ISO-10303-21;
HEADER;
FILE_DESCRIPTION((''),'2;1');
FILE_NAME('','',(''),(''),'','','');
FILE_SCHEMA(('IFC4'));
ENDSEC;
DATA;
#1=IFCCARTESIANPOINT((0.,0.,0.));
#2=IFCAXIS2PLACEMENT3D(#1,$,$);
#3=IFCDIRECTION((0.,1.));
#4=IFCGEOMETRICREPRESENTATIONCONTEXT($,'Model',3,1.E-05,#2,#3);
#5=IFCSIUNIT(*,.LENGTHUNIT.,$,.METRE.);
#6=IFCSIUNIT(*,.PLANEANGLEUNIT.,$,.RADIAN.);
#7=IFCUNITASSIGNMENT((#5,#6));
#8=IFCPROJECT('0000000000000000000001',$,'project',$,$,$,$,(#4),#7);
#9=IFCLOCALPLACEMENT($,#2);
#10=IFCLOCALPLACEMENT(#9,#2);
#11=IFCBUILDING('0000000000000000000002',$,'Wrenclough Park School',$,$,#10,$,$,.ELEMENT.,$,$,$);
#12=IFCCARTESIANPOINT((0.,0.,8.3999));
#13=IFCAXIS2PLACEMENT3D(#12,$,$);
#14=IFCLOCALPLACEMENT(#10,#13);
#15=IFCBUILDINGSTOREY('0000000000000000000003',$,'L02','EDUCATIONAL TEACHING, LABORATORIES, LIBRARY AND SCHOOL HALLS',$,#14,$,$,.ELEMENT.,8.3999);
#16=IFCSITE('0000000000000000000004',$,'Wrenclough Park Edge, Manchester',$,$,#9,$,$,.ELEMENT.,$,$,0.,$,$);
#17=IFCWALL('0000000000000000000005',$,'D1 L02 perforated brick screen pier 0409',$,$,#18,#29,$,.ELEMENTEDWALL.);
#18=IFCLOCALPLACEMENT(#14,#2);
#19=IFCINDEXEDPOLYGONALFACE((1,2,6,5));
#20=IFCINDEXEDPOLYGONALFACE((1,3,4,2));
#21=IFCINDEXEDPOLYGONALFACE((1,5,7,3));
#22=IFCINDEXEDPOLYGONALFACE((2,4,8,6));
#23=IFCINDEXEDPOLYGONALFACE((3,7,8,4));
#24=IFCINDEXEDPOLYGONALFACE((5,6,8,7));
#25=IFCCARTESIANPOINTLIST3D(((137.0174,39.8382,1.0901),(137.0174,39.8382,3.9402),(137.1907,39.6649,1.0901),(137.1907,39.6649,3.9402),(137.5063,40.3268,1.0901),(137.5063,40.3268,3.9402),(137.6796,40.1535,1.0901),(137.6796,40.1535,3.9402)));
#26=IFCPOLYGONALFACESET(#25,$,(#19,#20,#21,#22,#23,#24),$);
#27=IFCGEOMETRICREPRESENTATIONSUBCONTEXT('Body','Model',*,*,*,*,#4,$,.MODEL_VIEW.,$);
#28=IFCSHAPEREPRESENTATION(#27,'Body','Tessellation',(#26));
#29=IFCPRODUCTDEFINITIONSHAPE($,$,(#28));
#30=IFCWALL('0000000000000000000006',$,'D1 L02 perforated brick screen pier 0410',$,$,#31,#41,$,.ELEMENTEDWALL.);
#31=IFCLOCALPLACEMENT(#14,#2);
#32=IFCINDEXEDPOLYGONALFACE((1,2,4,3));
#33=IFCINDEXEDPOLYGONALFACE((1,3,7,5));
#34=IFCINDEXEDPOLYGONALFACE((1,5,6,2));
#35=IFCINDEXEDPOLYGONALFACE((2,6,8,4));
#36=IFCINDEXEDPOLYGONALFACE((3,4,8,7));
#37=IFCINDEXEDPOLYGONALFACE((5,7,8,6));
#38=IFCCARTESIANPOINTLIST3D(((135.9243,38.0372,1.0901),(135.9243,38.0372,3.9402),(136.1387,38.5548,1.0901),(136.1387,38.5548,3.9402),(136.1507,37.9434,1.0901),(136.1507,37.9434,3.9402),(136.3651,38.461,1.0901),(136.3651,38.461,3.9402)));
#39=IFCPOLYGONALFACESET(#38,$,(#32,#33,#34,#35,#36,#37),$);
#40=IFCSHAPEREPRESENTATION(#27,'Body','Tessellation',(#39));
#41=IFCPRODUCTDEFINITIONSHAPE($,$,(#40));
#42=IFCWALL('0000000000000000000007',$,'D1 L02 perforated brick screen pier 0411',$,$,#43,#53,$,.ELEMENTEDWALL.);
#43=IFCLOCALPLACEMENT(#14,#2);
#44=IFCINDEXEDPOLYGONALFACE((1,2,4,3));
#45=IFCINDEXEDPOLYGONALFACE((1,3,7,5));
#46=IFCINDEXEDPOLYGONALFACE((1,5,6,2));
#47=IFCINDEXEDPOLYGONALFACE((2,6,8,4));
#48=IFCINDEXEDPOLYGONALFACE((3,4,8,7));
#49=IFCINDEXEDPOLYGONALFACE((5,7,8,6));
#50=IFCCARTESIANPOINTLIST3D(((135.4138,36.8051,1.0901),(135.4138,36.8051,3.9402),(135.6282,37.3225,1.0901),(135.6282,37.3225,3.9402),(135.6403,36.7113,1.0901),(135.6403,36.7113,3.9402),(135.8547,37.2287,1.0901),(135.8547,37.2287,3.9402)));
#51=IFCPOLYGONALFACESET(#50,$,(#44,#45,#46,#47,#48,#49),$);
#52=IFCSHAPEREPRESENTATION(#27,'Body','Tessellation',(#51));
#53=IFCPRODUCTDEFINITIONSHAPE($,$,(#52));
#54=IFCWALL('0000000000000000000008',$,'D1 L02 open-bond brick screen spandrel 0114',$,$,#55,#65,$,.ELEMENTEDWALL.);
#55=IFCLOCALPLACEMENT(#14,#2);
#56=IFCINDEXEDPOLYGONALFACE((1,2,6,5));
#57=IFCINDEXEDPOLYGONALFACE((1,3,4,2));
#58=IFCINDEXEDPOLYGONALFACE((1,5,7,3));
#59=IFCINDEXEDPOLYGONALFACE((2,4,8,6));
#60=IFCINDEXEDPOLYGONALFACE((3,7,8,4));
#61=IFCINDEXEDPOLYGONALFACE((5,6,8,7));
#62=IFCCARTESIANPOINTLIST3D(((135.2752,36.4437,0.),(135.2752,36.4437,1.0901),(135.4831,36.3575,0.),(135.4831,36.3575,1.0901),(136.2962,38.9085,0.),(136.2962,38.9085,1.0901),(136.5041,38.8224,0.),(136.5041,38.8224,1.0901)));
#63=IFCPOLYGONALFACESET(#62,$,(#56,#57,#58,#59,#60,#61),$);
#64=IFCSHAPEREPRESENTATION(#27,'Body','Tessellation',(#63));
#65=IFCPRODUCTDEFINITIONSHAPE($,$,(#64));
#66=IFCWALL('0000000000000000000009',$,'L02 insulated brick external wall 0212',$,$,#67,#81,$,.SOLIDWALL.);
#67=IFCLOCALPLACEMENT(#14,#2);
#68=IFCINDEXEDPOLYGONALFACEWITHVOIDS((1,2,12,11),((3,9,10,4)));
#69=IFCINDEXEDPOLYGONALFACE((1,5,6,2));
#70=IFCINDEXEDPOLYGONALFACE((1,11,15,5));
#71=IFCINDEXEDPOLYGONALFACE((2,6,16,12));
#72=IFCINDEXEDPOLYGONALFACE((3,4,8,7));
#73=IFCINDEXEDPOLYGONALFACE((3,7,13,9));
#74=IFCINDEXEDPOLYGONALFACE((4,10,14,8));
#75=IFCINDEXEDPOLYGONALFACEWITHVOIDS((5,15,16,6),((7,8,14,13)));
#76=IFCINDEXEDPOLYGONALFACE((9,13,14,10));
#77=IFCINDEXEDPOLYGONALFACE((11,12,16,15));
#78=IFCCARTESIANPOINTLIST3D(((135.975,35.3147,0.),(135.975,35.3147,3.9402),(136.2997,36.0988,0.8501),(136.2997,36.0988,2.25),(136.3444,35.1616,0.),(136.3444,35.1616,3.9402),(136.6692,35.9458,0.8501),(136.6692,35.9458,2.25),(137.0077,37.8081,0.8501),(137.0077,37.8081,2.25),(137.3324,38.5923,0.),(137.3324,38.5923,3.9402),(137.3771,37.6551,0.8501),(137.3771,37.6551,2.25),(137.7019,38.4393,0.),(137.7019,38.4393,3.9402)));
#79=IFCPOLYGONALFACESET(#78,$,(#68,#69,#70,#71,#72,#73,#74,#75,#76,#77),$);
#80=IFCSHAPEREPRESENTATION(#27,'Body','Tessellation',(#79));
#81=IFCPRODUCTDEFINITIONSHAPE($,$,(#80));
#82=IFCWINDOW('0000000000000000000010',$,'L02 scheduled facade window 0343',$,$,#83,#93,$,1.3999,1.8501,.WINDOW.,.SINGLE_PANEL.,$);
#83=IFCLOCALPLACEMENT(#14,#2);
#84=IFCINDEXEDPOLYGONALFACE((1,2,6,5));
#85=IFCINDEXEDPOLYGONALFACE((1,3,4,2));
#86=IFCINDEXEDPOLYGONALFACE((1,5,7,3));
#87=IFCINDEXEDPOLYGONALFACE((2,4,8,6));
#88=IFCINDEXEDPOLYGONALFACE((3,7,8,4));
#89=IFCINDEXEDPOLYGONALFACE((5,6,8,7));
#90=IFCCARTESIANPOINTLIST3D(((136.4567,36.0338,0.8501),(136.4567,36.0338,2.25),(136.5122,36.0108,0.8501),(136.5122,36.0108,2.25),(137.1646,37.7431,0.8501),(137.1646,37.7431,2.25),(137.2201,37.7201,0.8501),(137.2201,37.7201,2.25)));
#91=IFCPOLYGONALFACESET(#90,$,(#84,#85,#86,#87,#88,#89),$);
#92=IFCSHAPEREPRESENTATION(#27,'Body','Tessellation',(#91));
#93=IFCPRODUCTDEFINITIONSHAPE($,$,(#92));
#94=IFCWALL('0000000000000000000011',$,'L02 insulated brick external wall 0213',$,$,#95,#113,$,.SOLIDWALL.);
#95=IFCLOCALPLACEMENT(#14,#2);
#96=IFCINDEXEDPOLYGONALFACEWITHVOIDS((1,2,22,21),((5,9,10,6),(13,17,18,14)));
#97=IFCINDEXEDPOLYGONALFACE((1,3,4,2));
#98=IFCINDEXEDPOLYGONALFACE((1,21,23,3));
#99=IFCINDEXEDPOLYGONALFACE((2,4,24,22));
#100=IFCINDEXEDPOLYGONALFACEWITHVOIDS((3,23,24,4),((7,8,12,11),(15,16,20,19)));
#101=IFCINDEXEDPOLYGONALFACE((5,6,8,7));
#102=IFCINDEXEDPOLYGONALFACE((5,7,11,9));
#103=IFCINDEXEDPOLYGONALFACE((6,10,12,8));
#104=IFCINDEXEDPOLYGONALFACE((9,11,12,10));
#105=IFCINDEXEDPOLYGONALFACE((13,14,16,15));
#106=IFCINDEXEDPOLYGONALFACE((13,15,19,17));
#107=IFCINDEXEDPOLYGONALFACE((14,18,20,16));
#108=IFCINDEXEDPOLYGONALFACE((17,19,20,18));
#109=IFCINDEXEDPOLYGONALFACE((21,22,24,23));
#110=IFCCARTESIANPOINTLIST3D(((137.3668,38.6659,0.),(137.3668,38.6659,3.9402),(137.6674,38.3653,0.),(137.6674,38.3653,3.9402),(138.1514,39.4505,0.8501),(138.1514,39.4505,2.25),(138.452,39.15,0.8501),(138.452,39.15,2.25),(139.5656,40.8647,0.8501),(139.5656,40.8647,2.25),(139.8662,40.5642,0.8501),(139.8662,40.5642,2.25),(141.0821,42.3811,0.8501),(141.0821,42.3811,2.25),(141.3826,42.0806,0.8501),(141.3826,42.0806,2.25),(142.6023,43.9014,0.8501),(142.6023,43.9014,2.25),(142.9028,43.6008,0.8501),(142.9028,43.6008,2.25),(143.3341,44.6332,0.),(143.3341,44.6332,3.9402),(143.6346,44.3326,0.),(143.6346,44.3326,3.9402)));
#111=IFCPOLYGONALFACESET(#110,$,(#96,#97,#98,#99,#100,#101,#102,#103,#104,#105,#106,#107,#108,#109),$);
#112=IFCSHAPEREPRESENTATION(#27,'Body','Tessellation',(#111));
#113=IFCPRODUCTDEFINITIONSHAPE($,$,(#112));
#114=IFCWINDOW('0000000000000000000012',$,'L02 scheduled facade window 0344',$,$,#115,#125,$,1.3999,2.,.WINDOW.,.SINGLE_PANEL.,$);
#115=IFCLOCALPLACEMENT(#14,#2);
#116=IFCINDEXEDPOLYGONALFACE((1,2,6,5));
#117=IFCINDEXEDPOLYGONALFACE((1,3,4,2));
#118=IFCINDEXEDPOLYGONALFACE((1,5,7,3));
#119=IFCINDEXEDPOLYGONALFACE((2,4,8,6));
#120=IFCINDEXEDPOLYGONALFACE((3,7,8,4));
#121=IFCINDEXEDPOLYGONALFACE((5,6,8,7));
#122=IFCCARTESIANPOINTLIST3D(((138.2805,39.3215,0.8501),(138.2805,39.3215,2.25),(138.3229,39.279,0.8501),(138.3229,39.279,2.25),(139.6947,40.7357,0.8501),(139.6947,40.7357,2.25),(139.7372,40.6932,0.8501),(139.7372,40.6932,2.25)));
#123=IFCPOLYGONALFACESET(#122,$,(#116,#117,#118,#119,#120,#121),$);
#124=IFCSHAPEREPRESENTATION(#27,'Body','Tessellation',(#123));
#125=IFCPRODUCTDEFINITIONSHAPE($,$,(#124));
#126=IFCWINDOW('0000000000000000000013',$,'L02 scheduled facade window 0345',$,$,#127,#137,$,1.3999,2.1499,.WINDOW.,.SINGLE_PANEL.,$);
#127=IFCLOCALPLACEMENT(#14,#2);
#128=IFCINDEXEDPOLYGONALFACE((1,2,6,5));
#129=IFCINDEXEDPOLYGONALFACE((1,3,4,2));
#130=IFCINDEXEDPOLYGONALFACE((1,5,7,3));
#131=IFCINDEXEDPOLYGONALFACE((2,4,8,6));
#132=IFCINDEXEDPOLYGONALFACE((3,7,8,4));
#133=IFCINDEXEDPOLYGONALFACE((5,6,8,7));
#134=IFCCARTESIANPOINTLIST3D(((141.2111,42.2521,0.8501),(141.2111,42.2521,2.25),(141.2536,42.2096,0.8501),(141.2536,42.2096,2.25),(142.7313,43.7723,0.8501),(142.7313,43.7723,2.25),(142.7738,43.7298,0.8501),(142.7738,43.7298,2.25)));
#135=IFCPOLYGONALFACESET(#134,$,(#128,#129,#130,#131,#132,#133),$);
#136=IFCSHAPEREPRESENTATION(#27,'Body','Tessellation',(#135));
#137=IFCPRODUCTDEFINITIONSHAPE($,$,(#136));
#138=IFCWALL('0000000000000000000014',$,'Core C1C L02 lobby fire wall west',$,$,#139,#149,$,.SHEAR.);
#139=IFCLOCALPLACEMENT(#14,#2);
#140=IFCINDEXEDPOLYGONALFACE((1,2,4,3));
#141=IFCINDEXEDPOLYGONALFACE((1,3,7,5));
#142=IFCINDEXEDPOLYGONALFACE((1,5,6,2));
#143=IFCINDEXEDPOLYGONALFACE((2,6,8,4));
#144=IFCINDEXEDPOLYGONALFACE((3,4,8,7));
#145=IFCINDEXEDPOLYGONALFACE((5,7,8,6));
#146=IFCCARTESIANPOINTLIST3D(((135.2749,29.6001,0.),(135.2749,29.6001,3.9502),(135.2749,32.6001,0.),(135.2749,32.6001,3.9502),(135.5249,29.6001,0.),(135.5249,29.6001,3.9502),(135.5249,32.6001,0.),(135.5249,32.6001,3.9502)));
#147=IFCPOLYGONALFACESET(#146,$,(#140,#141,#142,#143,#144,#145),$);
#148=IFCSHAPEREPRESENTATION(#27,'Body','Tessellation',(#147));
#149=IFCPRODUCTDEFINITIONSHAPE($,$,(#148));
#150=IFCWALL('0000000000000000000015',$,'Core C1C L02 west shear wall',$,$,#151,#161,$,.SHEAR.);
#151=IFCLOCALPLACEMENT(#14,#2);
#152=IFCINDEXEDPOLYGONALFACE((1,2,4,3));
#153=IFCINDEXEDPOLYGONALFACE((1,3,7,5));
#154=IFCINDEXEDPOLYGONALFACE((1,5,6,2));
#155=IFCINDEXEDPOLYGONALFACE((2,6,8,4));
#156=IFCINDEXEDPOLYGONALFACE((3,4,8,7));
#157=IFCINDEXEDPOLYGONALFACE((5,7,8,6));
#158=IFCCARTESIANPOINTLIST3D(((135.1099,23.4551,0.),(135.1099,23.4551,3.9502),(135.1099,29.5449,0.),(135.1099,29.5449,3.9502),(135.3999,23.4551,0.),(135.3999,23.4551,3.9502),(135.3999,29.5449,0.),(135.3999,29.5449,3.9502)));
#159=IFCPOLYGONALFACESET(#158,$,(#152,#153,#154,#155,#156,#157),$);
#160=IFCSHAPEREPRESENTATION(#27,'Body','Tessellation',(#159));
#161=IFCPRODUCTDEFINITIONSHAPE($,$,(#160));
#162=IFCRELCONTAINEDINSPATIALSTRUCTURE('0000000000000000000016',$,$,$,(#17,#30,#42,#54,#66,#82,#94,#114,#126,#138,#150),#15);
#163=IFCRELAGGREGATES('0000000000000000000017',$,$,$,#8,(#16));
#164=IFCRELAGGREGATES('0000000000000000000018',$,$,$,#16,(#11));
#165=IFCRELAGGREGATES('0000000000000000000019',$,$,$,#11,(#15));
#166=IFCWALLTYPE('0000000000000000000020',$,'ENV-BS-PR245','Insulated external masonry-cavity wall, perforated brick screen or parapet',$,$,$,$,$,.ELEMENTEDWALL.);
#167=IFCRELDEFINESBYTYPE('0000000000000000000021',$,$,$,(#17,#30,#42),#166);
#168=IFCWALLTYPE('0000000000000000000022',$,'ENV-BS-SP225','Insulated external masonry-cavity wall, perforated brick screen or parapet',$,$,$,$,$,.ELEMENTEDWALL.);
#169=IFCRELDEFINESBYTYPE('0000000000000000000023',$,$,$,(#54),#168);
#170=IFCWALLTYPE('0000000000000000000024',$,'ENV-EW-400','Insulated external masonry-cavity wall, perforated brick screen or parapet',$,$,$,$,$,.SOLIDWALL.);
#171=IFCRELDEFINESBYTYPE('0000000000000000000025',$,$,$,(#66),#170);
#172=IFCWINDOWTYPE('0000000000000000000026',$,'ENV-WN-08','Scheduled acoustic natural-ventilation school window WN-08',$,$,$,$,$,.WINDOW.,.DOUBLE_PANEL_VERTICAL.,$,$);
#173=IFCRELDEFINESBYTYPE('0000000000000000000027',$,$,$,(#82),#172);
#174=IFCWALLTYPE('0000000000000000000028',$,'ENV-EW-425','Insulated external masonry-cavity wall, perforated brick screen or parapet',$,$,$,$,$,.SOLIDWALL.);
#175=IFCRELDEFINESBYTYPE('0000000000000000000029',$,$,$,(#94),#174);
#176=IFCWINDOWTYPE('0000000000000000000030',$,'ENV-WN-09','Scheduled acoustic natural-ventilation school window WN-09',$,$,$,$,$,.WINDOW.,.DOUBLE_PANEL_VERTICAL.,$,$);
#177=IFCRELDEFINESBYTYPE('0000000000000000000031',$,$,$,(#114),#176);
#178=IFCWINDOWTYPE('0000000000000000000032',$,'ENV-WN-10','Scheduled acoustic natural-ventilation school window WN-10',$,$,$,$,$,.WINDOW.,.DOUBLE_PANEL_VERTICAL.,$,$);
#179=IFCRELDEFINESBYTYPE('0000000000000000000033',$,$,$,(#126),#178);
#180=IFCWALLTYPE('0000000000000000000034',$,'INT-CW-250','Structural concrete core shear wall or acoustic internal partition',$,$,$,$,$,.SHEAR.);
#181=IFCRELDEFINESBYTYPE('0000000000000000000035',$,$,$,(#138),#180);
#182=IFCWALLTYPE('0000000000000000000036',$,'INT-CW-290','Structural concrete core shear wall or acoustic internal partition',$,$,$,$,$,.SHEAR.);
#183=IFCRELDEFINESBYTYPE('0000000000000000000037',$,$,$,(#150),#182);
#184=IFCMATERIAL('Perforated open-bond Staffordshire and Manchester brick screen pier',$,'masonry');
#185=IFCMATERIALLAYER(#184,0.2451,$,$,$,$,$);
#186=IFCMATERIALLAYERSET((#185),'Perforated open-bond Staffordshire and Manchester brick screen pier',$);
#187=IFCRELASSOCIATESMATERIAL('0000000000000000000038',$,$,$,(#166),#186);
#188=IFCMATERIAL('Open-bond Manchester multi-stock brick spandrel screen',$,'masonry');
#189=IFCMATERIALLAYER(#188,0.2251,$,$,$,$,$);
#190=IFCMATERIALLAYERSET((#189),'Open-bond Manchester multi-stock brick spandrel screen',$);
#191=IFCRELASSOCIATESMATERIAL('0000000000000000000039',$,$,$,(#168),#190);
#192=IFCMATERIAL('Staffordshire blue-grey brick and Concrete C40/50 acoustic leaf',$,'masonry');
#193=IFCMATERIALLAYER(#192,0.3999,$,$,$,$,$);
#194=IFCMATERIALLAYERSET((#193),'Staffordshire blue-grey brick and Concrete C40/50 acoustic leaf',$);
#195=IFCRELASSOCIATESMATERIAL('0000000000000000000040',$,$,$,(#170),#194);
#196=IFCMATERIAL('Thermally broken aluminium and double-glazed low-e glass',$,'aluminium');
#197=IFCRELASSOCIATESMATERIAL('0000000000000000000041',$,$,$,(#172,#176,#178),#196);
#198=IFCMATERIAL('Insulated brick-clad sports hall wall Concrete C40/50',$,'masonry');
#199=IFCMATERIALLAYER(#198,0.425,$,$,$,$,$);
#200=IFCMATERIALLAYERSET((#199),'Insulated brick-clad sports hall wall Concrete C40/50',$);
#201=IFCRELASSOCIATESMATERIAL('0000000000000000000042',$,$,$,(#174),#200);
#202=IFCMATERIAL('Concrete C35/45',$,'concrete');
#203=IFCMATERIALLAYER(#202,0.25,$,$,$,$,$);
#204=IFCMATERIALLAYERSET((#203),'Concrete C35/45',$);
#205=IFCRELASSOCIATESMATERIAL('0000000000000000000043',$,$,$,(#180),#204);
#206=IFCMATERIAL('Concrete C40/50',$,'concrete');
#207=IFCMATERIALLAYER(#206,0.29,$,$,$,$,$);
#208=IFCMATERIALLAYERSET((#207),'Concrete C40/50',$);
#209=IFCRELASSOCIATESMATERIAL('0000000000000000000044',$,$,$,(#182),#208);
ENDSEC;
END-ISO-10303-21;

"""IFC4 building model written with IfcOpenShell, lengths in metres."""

from ifc_helpers import new_model, si_unit, direction, frame, frame_2d, origin, place, context, subcontext, project, spatial, rectangle, extrude, material, layer, layer_set, type_object, element, fill, save


model = new_model("IFC4")

# Units and contexts
model_context = context("Model", 3, precision=1e-05, world=origin(), true_north=direction((0.0, 1.0)))
body_context = subcontext(model_context, "Body", "Model", "MODEL_VIEW")
ifc_project = project(units=[si_unit("LENGTHUNIT", "METRE"), si_unit("PLANEANGLEUNIT", "RADIAN")], contexts=[model_context])

# Site, building, storey
site_placement = place(None, origin())
site = spatial("IfcSite", under=ifc_project, at=site_placement, Name="Wrenclough Park Edge, Manchester", CompositionType="ELEMENT", RefElevation=0.0)
building_placement = place(site_placement, origin())
building = spatial("IfcBuilding", under=site, at=building_placement, Name="Wrenclough Park School", CompositionType="ELEMENT")
storey_placement = place(building_placement, frame((0.0, 0.0, 8.3999)))
storey = spatial("IfcBuildingStorey", under=building, at=storey_placement, Name="L02", Description="EDUCATIONAL TEACHING, LABORATORIES, LIBRARY AND SCHOOL HALLS", CompositionType="ELEMENT", Elevation=8.3999)

# Shared definitions
ifc_material_1 = material(Name="Concrete C40/50", Category="concrete")

# Walls
ifc_material_2 = material(Name="Perforated open-bond Staffordshire and Manchester brick screen pier", Category="masonry")
ifc_layer_1 = layer(ifc_material_2, 0.2451)
ifc_layer_set_1 = layer_set([ifc_layer_1], Name="Perforated open-bond Staffordshire and Manchester brick screen pier")
wall_type_1 = type_object("IfcWallType", Name="ENV-BS-PR245", Description="Insulated external masonry-cavity wall, perforated brick screen or parapet", PredefinedType="ELEMENTEDWALL", material=ifc_layer_set_1)
wall_1_placement = place(storey_placement, frame((137.593, 40.2402, 1.0901), z_axis=(0.0, 0.0, 1.0), x_axis=(-0.707283, -0.70693, 0.0)))
element("IfcWall", 1, at=wall_1_placement, inside=storey, type_object=wall_type_1, Name="D1 L02 perforated brick screen pier 0409", PredefinedType="ELEMENTEDWALL", context=body_context, shape_type="SweptSolid", body=[
    extrude(rectangle(XDim=0.6912, YDim=0.2451, at=frame_2d((0.3457, 0.0))), origin(), (0.0, 0.0, 1.0), 2.8501),
])
wall_2_placement = place(storey_placement, frame((136.252, 38.5081, 1.0901), z_axis=(0.0, 0.0, 1.0), x_axis=(-0.382634, -0.9239, 0.0)))
element("IfcWall", 2, at=wall_2_placement, inside=storey, type_object=wall_type_1, Name="D1 L02 perforated brick screen pier 0410", PredefinedType="ELEMENTEDWALL", context=body_context, shape_type="SweptSolid", body=[
    extrude(rectangle(XDim=0.5603, YDim=0.2451, at=frame_2d((0.2803, 0.0))), origin(), (0.0, 0.0, 1.0), 2.8501),
])
wall_3_placement = place(storey_placement, frame((135.7415, 37.2756, 1.0901), z_axis=(0.0, 0.0, 1.0), x_axis=(-0.382788, -0.923836, 0.0)))
element("IfcWall", 3, at=wall_3_placement, inside=storey, type_object=wall_type_1, Name="D1 L02 perforated brick screen pier 0411", PredefinedType="ELEMENTEDWALL", context=body_context, shape_type="SweptSolid", body=[
    extrude(rectangle(XDim=0.5601, YDim=0.2451, at=frame_2d((0.28, 0.0))), origin(), (0.0, 0.0, 1.0), 2.8501),
])
ifc_material_3 = material(Name="Open-bond Manchester multi-stock brick spandrel screen", Category="masonry")
ifc_layer_2 = layer(ifc_material_3, 0.2251)
ifc_layer_set_2 = layer_set([ifc_layer_2], Name="Open-bond Manchester multi-stock brick spandrel screen")
wall_type_2 = type_object("IfcWallType", Name="ENV-BS-SP225", Description="Insulated external masonry-cavity wall, perforated brick screen or parapet", PredefinedType="ELEMENTEDWALL", material=ifc_layer_set_2)
wall_4_placement = place(storey_placement, frame((136.4001, 38.8655, 0.0), z_axis=(0.0, 0.0, 1.0), x_axis=(-0.382691, -0.923876, 0.0)))
element("IfcWall", 4, at=wall_4_placement, inside=storey, type_object=wall_type_2, Name="D1 L02 open-bond brick screen spandrel 0114", PredefinedType="ELEMENTEDWALL", context=body_context, shape_type="SweptSolid", body=[
    extrude(rectangle(XDim=2.668, YDim=0.2251, at=frame_2d((1.334, 0.0))), origin(), (0.0, 0.0, 1.0), 1.0901),
])

# Wall, opening, window
ifc_material_4 = material(Name="Staffordshire blue-grey brick and Concrete C40/50 acoustic leaf", Category="masonry")
ifc_layer_3 = layer(ifc_material_4, 0.3999)
ifc_layer_set_3 = layer_set([ifc_layer_3], Name="Staffordshire blue-grey brick and Concrete C40/50 acoustic leaf")
wall_type_3 = type_object("IfcWallType", Name="ENV-EW-400", Description="Insulated external masonry-cavity wall, perforated brick screen or parapet", PredefinedType="SOLIDWALL", material=ifc_layer_set_3)
wall_5_placement = place(storey_placement, frame((136.1597, 35.238, 0.0), z_axis=(0.0, 0.0, 1.0), x_axis=(0.382635, 0.923899, 0.0)))
wall_5 = element("IfcWall", 5, at=wall_5_placement, inside=storey, type_object=wall_type_3, Name="L02 insulated brick external wall 0212", PredefinedType="SOLIDWALL", context=body_context, shape_type="SweptSolid", body=[
    extrude(rectangle(XDim=3.5476, YDim=0.3999, at=frame_2d((1.7739, 0.0))), origin(), (0.0, 0.0, 1.0), 3.9402),
])
opening_1_placement = place(wall_5_placement, frame((0.8489, 0.0, 0.8501)))
opening_1 = element("IfcOpeningElement", 6, at=opening_1_placement, cuts=wall_5, PredefinedType="OPENING", context=body_context, shape_type="SweptSolid", body=[
    extrude(rectangle(XDim=1.8501, YDim=1.3999, at=frame_2d((0.925, 0.7))), frame((0.0, 0.21, 0.0), z_axis=(0.0, -1.0, 0.0), x_axis=(1.0, 0.0, 0.0)), (0.0, 0.0, 1.0), 0.4199),
])
ifc_material_5 = material(Name="Thermally broken aluminium and double-glazed low-e glass", Category="aluminium")
window_type_1 = type_object("IfcWindowType", Name="ENV-WN-08", Description="Scheduled acoustic natural-ventilation school window WN-08", PartitioningType="DOUBLE_PANEL_VERTICAL", PredefinedType="WINDOW", material=ifc_material_5)
window_1_placement = place(opening_1_placement, origin())
window_1 = element("IfcWindow", 7, at=window_1_placement, inside=storey, type_object=window_type_1, Name="L02 scheduled facade window 0343", OverallHeight=1.3999, OverallWidth=1.8501, PartitioningType="SINGLE_PANEL", PredefinedType="WINDOW", context=body_context, shape_type="SweptSolid", body=[
    extrude(rectangle(XDim=1.8501, YDim=1.3999, at=frame_2d((0.925, 0.7))), frame((0.0, 0.03, 0.0), z_axis=(0.0, -1.0, 0.0), x_axis=(1.0, 0.0, 0.0)), (0.0, 0.0, 1.0), 0.0601),
])
fill(opening_1, window_1)

# Wall, openings, windows
ifc_material_6 = material(Name="Insulated brick-clad sports hall wall Concrete C40/50", Category="masonry")
ifc_layer_4 = layer(ifc_material_6, 0.425)
ifc_layer_set_4 = layer_set([ifc_layer_4], Name="Insulated brick-clad sports hall wall Concrete C40/50")
wall_type_4 = type_object("IfcWallType", Name="ENV-EW-425", Description="Insulated external masonry-cavity wall, perforated brick screen or parapet", PredefinedType="SOLIDWALL", material=ifc_layer_set_4)
wall_6_placement = place(storey_placement, frame((137.5171, 38.5156, 0.0), z_axis=(0.0, 0.0, 1.0), x_axis=(0.707107, 0.707107, 0.0)))
wall_6 = element("IfcWall", 8, at=wall_6_placement, inside=storey, type_object=wall_type_4, Name="L02 insulated brick external wall 0213", PredefinedType="SOLIDWALL", context=body_context, shape_type="SweptSolid", body=[
    extrude(rectangle(XDim=8.439, YDim=0.425, at=frame_2d((4.2195, 0.0))), origin(), (0.0, 0.0, 1.0), 3.9402),
])
opening_2_placement = place(wall_6_placement, frame((1.1096, 0.0, 0.8501)))
opening_2 = element("IfcOpeningElement", 9, at=opening_2_placement, cuts=wall_6, PredefinedType="OPENING", context=body_context, shape_type="SweptSolid", body=[
    extrude(rectangle(XDim=2.0, YDim=1.3999, at=frame_2d((1.0, 0.7))), frame((0.0, 0.2224, 0.0), z_axis=(0.0, -1.0, 0.0), x_axis=(1.0, 0.0, 0.0)), (0.0, 0.0, 1.0), 0.4451),
])
opening_3_placement = place(wall_6_placement, frame((5.2542, 0.0, 0.8501)))
opening_3 = element("IfcOpeningElement", 10, at=opening_3_placement, cuts=wall_6, PredefinedType="OPENING", context=body_context, shape_type="SweptSolid", body=[
    extrude(rectangle(XDim=2.1499, YDim=1.3999, at=frame_2d((1.075, 0.7))), frame((0.0, 0.2224, 0.0), z_axis=(0.0, -1.0, 0.0), x_axis=(1.0, 0.0, 0.0)), (0.0, 0.0, 1.0), 0.4451),
])
window_type_2 = type_object("IfcWindowType", Name="ENV-WN-09", Description="Scheduled acoustic natural-ventilation school window WN-09", PartitioningType="DOUBLE_PANEL_VERTICAL", PredefinedType="WINDOW", material=ifc_material_5)
window_2_placement = place(opening_2_placement, origin())
window_2 = element("IfcWindow", 11, at=window_2_placement, inside=storey, type_object=window_type_2, Name="L02 scheduled facade window 0344", OverallHeight=1.3999, OverallWidth=2.0, PartitioningType="SINGLE_PANEL", PredefinedType="WINDOW", context=body_context, shape_type="SweptSolid", body=[
    extrude(rectangle(XDim=2.0, YDim=1.3999, at=frame_2d((1.0, 0.7))), frame((0.0, 0.03, 0.0), z_axis=(0.0, -1.0, 0.0), x_axis=(1.0, 0.0, 0.0)), (0.0, 0.0, 1.0), 0.0601),
])
fill(opening_2, window_2)
window_type_3 = type_object("IfcWindowType", Name="ENV-WN-10", Description="Scheduled acoustic natural-ventilation school window WN-10", PartitioningType="DOUBLE_PANEL_VERTICAL", PredefinedType="WINDOW", material=ifc_material_5)
window_3_placement = place(opening_3_placement, origin())
window_3 = element("IfcWindow", 12, at=window_3_placement, inside=storey, type_object=window_type_3, Name="L02 scheduled facade window 0345", OverallHeight=1.3999, OverallWidth=2.1499, PartitioningType="SINGLE_PANEL", PredefinedType="WINDOW", context=body_context, shape_type="SweptSolid", body=[
    extrude(rectangle(XDim=2.1499, YDim=1.3999, at=frame_2d((1.075, 0.7))), frame((0.0, 0.03, 0.0), z_axis=(0.0, -1.0, 0.0), x_axis=(1.0, 0.0, 0.0)), (0.0, 0.0, 1.0), 0.0601),
])
fill(opening_3, window_3)

# Walls
ifc_material_7 = material(Name="Concrete C35/45", Category="concrete")
ifc_layer_5 = layer(ifc_material_7, 0.25)
ifc_layer_set_5 = layer_set([ifc_layer_5], Name="Concrete C35/45")
wall_type_5 = type_object("IfcWallType", Name="INT-CW-250", Description="Structural concrete core shear wall or acoustic internal partition", PredefinedType="SHEAR", material=ifc_layer_set_5)
wall_7_placement = place(storey_placement, frame((135.3999, 32.6001, 0.0), z_axis=(0.0, 0.0, 1.0), x_axis=(0.0, -1.0, 0.0)))
element("IfcWall", 13, at=wall_7_placement, inside=storey, type_object=wall_type_5, Name="Core C1C L02 lobby fire wall west", PredefinedType="SHEAR", context=body_context, shape_type="SweptSolid", body=[
    extrude(rectangle(XDim=3.0, YDim=0.25, at=frame_2d((1.5, 0.0))), origin(), (0.0, 0.0, 1.0), 3.9502),
])
ifc_layer_6 = layer(ifc_material_1, 0.29)
ifc_layer_set_6 = layer_set([ifc_layer_6], Name="Concrete C40/50")
wall_type_6 = type_object("IfcWallType", Name="INT-CW-290", Description="Structural concrete core shear wall or acoustic internal partition", PredefinedType="SHEAR", material=ifc_layer_set_6)
wall_8_placement = place(storey_placement, frame((135.2549, 29.5449, 0.0), z_axis=(0.0, 0.0, 1.0), x_axis=(0.0, -1.0, 0.0)))
element("IfcWall", 14, at=wall_8_placement, inside=storey, type_object=wall_type_6, Name="Core C1C L02 west shear wall", PredefinedType="SHEAR", context=body_context, shape_type="SweptSolid", body=[
    extrude(rectangle(XDim=6.0898, YDim=0.29, at=frame_2d((3.0449, 0.0))), origin(), (0.0, 0.0, 1.0), 3.9502),
])

save(model, "model.ifc")
